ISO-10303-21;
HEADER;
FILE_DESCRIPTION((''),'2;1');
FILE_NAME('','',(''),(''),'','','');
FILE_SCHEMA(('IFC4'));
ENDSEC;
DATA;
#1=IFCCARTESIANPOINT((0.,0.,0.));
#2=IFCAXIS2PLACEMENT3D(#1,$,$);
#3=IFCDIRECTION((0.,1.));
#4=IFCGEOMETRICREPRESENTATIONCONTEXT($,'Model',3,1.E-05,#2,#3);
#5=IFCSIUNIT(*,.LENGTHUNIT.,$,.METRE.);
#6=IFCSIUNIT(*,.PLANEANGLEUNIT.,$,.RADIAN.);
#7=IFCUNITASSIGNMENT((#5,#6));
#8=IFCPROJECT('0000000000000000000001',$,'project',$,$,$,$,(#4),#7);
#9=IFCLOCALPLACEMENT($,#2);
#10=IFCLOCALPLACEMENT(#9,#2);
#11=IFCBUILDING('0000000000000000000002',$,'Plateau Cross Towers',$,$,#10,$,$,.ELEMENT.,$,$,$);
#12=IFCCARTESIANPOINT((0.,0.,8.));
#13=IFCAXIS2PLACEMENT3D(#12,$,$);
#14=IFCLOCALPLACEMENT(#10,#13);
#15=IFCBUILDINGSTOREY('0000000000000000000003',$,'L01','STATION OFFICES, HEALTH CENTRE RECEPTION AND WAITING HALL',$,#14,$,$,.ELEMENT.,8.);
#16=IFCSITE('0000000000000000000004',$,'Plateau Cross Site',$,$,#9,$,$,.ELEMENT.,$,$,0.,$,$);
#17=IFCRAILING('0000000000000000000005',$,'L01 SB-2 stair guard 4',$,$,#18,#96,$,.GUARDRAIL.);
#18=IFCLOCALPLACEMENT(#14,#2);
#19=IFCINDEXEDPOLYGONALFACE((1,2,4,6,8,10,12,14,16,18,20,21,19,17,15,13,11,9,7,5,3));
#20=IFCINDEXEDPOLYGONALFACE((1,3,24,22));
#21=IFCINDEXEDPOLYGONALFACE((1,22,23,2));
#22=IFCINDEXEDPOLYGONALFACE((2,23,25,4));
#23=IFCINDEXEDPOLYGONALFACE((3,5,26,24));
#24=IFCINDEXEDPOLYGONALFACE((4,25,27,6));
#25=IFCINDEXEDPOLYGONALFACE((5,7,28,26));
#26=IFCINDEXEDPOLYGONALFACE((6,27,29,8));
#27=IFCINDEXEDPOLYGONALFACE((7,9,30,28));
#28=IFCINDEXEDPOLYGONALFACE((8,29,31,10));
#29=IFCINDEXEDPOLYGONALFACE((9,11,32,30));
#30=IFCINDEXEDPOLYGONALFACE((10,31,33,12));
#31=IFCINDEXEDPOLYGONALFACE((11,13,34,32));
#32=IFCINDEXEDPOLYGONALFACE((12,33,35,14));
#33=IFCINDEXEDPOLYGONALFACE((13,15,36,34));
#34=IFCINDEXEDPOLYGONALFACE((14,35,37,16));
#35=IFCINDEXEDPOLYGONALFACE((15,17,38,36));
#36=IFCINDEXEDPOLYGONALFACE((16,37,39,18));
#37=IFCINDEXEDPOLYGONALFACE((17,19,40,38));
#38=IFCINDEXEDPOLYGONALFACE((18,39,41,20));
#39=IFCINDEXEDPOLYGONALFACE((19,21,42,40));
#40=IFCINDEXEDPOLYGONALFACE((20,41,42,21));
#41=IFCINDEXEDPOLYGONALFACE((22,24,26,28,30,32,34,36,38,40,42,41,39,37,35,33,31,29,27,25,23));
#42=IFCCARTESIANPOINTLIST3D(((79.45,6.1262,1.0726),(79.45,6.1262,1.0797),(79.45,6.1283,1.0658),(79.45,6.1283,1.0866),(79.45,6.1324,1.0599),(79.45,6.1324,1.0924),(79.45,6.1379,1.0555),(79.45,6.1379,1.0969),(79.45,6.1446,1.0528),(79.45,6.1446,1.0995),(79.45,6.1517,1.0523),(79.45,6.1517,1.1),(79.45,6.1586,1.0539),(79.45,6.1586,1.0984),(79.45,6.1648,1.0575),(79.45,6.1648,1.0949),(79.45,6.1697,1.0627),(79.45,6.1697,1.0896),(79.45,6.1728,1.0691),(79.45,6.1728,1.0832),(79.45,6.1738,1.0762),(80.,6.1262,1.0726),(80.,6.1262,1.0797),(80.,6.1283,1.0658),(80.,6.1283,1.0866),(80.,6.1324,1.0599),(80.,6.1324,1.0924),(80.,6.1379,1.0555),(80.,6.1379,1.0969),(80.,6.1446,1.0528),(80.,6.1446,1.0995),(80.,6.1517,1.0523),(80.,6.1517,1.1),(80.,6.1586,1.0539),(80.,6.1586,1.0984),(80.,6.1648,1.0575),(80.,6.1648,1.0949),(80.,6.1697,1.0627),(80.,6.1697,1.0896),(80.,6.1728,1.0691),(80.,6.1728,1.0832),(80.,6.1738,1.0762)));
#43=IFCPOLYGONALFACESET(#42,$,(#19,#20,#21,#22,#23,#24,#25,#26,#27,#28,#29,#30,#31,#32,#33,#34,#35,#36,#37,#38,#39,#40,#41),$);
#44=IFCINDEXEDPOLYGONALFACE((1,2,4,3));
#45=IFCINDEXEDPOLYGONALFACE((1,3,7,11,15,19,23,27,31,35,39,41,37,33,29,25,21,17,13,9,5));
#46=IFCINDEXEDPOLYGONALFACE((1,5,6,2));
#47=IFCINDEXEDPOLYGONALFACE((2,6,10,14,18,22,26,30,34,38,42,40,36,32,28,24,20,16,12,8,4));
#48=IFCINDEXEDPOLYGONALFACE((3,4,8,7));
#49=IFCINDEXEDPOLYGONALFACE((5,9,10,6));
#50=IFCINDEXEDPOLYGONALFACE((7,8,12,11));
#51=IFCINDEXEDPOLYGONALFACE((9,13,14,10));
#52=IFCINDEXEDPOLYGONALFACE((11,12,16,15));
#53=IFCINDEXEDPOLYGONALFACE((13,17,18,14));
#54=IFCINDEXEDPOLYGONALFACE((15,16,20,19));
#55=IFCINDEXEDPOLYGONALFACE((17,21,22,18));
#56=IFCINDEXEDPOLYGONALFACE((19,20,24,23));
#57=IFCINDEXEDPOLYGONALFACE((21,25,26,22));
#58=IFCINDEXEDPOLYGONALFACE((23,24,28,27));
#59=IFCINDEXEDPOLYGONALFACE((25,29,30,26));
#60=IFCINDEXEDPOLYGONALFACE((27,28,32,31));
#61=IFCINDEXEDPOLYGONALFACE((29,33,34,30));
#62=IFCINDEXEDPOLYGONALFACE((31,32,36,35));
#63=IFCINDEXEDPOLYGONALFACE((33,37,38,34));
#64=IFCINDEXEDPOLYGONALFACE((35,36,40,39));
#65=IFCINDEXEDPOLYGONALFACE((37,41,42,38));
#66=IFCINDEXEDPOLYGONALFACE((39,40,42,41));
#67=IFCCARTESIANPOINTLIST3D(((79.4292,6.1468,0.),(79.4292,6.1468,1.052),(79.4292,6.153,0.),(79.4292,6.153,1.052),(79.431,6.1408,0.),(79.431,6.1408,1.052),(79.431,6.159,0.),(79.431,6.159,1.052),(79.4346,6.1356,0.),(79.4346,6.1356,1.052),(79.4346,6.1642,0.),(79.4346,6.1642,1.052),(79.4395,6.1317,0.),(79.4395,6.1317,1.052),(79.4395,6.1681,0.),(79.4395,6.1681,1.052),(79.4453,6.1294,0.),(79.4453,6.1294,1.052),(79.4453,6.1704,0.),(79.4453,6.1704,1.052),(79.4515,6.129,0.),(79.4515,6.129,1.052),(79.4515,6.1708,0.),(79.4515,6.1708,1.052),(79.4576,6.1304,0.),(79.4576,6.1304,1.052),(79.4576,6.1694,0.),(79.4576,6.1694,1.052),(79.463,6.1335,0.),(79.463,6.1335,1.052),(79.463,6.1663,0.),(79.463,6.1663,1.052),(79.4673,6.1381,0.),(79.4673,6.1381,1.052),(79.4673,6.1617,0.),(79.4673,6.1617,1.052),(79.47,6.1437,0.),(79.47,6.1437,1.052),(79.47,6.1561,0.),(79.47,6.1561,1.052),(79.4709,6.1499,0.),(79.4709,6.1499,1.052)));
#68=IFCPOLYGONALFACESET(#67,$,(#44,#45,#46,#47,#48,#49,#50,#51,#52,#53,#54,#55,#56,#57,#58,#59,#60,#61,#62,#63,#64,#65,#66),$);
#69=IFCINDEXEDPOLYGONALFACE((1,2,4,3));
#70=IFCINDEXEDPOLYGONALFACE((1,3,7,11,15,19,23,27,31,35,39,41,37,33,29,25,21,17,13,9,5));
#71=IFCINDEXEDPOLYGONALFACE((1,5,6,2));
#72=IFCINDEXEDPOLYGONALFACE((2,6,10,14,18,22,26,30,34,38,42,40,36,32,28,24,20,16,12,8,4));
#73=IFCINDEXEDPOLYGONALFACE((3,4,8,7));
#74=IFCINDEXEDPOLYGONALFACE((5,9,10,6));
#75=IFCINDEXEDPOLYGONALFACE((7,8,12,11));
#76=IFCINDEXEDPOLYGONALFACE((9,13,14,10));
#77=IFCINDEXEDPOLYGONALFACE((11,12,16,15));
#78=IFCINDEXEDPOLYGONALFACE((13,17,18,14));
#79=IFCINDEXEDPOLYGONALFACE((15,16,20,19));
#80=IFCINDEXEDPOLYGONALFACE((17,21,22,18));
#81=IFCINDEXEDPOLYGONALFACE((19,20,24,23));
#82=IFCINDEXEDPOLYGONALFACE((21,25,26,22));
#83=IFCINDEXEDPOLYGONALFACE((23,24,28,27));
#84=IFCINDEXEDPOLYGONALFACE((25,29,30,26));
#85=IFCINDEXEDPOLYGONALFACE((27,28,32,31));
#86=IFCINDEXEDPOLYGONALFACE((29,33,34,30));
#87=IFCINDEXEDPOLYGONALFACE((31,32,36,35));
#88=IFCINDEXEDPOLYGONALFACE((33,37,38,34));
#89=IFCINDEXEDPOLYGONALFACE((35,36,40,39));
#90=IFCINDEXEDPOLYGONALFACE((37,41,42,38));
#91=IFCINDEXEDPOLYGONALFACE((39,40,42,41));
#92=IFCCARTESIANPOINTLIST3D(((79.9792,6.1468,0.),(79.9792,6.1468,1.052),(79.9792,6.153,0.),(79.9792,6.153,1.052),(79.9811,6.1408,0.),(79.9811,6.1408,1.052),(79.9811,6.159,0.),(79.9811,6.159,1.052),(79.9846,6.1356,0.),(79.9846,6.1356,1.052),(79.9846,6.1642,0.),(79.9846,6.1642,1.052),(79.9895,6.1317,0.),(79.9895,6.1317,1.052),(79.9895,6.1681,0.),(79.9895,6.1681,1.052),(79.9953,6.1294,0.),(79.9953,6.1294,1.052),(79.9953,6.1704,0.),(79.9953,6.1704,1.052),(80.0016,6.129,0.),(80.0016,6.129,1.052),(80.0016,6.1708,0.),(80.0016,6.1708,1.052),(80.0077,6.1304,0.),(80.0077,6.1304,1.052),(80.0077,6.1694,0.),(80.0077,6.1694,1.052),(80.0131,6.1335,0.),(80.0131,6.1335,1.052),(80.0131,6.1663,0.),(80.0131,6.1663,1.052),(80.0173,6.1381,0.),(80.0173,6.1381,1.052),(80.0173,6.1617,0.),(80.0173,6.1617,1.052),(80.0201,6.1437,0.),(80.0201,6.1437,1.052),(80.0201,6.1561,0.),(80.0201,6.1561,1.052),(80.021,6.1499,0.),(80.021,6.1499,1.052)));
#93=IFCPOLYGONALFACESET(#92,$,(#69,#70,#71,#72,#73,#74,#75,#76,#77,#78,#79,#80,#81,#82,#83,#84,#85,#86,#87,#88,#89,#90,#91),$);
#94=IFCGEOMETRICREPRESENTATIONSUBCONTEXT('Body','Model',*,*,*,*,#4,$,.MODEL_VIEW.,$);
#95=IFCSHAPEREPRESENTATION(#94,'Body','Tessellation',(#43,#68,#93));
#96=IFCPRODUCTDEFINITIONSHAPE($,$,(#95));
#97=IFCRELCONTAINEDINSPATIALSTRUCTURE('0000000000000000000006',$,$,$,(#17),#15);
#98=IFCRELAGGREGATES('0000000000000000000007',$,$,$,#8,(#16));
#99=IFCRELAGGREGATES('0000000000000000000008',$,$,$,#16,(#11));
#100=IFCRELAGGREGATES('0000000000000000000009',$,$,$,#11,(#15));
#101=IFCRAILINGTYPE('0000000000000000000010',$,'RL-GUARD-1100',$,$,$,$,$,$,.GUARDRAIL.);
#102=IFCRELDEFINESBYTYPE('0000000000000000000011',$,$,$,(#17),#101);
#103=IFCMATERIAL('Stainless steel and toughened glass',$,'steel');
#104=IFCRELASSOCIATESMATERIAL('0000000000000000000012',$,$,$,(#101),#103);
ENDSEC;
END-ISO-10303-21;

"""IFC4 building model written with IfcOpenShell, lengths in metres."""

from ifc_helpers import new_model, si_unit, direction, frame, origin, origin_2d, place, context, subcontext, project, spatial, circle, extrude, material, type_object, element, save


model = new_model("IFC4")

# Units and contexts
model_context = context("Model", 3, precision=1e-05, world=origin(), true_north=direction((0.0, 1.0)))
body_context = subcontext(model_context, "Body", "Model", "MODEL_VIEW")
ifc_project = project(units=[si_unit("LENGTHUNIT", "METRE"), si_unit("PLANEANGLEUNIT", "RADIAN")], contexts=[model_context])

# Site, building, storey
site_placement = place(None, origin())
site = spatial("IfcSite", under=ifc_project, at=site_placement, Name="Plateau Cross Site", CompositionType="ELEMENT", RefElevation=0.0)
building_placement = place(site_placement, origin())
building = spatial("IfcBuilding", under=site, at=building_placement, Name="Plateau Cross Towers", CompositionType="ELEMENT")
storey_placement = place(building_placement, frame((0.0, 0.0, 8.0)))
storey = spatial("IfcBuildingStorey", under=building, at=storey_placement, Name="L01", Description="STATION OFFICES, HEALTH CENTRE RECEPTION AND WAITING HALL", CompositionType="ELEMENT", Elevation=8.0)

# Railing
ifc_material_1 = material(Name="Stainless steel and toughened glass", Category="steel")
railing_type_1 = type_object("IfcRailingType", Name="RL-GUARD-1100", PredefinedType="GUARDRAIL", material=ifc_material_1)
railing_1_placement = place(storey_placement, frame((79.45, 6.1499, 0.0)))
element("IfcRailing", 1, at=railing_1_placement, inside=storey, type_object=railing_type_1, Name="L01 SB-2 stair guard 4", PredefinedType="GUARDRAIL", context=body_context, shape_type="SweptSolid", body=[
    extrude(circle(Radius=0.0239, at=origin_2d()), frame((0.0, 0.0, 1.0762), z_axis=(1.0, 0.0, 0.0), x_axis=(0.0, 1.0, 0.0)), (0.0, 0.0, 1.0), 0.55),
    extrude(circle(Radius=0.021, at=origin_2d()), origin(), (0.0, 0.0, 1.0), 1.052),
    extrude(circle(Radius=0.021, at=origin_2d()), frame((0.55, 0.0, 0.0)), (0.0, 0.0, 1.0), 1.052),
])

save(model, "model.ifc")
